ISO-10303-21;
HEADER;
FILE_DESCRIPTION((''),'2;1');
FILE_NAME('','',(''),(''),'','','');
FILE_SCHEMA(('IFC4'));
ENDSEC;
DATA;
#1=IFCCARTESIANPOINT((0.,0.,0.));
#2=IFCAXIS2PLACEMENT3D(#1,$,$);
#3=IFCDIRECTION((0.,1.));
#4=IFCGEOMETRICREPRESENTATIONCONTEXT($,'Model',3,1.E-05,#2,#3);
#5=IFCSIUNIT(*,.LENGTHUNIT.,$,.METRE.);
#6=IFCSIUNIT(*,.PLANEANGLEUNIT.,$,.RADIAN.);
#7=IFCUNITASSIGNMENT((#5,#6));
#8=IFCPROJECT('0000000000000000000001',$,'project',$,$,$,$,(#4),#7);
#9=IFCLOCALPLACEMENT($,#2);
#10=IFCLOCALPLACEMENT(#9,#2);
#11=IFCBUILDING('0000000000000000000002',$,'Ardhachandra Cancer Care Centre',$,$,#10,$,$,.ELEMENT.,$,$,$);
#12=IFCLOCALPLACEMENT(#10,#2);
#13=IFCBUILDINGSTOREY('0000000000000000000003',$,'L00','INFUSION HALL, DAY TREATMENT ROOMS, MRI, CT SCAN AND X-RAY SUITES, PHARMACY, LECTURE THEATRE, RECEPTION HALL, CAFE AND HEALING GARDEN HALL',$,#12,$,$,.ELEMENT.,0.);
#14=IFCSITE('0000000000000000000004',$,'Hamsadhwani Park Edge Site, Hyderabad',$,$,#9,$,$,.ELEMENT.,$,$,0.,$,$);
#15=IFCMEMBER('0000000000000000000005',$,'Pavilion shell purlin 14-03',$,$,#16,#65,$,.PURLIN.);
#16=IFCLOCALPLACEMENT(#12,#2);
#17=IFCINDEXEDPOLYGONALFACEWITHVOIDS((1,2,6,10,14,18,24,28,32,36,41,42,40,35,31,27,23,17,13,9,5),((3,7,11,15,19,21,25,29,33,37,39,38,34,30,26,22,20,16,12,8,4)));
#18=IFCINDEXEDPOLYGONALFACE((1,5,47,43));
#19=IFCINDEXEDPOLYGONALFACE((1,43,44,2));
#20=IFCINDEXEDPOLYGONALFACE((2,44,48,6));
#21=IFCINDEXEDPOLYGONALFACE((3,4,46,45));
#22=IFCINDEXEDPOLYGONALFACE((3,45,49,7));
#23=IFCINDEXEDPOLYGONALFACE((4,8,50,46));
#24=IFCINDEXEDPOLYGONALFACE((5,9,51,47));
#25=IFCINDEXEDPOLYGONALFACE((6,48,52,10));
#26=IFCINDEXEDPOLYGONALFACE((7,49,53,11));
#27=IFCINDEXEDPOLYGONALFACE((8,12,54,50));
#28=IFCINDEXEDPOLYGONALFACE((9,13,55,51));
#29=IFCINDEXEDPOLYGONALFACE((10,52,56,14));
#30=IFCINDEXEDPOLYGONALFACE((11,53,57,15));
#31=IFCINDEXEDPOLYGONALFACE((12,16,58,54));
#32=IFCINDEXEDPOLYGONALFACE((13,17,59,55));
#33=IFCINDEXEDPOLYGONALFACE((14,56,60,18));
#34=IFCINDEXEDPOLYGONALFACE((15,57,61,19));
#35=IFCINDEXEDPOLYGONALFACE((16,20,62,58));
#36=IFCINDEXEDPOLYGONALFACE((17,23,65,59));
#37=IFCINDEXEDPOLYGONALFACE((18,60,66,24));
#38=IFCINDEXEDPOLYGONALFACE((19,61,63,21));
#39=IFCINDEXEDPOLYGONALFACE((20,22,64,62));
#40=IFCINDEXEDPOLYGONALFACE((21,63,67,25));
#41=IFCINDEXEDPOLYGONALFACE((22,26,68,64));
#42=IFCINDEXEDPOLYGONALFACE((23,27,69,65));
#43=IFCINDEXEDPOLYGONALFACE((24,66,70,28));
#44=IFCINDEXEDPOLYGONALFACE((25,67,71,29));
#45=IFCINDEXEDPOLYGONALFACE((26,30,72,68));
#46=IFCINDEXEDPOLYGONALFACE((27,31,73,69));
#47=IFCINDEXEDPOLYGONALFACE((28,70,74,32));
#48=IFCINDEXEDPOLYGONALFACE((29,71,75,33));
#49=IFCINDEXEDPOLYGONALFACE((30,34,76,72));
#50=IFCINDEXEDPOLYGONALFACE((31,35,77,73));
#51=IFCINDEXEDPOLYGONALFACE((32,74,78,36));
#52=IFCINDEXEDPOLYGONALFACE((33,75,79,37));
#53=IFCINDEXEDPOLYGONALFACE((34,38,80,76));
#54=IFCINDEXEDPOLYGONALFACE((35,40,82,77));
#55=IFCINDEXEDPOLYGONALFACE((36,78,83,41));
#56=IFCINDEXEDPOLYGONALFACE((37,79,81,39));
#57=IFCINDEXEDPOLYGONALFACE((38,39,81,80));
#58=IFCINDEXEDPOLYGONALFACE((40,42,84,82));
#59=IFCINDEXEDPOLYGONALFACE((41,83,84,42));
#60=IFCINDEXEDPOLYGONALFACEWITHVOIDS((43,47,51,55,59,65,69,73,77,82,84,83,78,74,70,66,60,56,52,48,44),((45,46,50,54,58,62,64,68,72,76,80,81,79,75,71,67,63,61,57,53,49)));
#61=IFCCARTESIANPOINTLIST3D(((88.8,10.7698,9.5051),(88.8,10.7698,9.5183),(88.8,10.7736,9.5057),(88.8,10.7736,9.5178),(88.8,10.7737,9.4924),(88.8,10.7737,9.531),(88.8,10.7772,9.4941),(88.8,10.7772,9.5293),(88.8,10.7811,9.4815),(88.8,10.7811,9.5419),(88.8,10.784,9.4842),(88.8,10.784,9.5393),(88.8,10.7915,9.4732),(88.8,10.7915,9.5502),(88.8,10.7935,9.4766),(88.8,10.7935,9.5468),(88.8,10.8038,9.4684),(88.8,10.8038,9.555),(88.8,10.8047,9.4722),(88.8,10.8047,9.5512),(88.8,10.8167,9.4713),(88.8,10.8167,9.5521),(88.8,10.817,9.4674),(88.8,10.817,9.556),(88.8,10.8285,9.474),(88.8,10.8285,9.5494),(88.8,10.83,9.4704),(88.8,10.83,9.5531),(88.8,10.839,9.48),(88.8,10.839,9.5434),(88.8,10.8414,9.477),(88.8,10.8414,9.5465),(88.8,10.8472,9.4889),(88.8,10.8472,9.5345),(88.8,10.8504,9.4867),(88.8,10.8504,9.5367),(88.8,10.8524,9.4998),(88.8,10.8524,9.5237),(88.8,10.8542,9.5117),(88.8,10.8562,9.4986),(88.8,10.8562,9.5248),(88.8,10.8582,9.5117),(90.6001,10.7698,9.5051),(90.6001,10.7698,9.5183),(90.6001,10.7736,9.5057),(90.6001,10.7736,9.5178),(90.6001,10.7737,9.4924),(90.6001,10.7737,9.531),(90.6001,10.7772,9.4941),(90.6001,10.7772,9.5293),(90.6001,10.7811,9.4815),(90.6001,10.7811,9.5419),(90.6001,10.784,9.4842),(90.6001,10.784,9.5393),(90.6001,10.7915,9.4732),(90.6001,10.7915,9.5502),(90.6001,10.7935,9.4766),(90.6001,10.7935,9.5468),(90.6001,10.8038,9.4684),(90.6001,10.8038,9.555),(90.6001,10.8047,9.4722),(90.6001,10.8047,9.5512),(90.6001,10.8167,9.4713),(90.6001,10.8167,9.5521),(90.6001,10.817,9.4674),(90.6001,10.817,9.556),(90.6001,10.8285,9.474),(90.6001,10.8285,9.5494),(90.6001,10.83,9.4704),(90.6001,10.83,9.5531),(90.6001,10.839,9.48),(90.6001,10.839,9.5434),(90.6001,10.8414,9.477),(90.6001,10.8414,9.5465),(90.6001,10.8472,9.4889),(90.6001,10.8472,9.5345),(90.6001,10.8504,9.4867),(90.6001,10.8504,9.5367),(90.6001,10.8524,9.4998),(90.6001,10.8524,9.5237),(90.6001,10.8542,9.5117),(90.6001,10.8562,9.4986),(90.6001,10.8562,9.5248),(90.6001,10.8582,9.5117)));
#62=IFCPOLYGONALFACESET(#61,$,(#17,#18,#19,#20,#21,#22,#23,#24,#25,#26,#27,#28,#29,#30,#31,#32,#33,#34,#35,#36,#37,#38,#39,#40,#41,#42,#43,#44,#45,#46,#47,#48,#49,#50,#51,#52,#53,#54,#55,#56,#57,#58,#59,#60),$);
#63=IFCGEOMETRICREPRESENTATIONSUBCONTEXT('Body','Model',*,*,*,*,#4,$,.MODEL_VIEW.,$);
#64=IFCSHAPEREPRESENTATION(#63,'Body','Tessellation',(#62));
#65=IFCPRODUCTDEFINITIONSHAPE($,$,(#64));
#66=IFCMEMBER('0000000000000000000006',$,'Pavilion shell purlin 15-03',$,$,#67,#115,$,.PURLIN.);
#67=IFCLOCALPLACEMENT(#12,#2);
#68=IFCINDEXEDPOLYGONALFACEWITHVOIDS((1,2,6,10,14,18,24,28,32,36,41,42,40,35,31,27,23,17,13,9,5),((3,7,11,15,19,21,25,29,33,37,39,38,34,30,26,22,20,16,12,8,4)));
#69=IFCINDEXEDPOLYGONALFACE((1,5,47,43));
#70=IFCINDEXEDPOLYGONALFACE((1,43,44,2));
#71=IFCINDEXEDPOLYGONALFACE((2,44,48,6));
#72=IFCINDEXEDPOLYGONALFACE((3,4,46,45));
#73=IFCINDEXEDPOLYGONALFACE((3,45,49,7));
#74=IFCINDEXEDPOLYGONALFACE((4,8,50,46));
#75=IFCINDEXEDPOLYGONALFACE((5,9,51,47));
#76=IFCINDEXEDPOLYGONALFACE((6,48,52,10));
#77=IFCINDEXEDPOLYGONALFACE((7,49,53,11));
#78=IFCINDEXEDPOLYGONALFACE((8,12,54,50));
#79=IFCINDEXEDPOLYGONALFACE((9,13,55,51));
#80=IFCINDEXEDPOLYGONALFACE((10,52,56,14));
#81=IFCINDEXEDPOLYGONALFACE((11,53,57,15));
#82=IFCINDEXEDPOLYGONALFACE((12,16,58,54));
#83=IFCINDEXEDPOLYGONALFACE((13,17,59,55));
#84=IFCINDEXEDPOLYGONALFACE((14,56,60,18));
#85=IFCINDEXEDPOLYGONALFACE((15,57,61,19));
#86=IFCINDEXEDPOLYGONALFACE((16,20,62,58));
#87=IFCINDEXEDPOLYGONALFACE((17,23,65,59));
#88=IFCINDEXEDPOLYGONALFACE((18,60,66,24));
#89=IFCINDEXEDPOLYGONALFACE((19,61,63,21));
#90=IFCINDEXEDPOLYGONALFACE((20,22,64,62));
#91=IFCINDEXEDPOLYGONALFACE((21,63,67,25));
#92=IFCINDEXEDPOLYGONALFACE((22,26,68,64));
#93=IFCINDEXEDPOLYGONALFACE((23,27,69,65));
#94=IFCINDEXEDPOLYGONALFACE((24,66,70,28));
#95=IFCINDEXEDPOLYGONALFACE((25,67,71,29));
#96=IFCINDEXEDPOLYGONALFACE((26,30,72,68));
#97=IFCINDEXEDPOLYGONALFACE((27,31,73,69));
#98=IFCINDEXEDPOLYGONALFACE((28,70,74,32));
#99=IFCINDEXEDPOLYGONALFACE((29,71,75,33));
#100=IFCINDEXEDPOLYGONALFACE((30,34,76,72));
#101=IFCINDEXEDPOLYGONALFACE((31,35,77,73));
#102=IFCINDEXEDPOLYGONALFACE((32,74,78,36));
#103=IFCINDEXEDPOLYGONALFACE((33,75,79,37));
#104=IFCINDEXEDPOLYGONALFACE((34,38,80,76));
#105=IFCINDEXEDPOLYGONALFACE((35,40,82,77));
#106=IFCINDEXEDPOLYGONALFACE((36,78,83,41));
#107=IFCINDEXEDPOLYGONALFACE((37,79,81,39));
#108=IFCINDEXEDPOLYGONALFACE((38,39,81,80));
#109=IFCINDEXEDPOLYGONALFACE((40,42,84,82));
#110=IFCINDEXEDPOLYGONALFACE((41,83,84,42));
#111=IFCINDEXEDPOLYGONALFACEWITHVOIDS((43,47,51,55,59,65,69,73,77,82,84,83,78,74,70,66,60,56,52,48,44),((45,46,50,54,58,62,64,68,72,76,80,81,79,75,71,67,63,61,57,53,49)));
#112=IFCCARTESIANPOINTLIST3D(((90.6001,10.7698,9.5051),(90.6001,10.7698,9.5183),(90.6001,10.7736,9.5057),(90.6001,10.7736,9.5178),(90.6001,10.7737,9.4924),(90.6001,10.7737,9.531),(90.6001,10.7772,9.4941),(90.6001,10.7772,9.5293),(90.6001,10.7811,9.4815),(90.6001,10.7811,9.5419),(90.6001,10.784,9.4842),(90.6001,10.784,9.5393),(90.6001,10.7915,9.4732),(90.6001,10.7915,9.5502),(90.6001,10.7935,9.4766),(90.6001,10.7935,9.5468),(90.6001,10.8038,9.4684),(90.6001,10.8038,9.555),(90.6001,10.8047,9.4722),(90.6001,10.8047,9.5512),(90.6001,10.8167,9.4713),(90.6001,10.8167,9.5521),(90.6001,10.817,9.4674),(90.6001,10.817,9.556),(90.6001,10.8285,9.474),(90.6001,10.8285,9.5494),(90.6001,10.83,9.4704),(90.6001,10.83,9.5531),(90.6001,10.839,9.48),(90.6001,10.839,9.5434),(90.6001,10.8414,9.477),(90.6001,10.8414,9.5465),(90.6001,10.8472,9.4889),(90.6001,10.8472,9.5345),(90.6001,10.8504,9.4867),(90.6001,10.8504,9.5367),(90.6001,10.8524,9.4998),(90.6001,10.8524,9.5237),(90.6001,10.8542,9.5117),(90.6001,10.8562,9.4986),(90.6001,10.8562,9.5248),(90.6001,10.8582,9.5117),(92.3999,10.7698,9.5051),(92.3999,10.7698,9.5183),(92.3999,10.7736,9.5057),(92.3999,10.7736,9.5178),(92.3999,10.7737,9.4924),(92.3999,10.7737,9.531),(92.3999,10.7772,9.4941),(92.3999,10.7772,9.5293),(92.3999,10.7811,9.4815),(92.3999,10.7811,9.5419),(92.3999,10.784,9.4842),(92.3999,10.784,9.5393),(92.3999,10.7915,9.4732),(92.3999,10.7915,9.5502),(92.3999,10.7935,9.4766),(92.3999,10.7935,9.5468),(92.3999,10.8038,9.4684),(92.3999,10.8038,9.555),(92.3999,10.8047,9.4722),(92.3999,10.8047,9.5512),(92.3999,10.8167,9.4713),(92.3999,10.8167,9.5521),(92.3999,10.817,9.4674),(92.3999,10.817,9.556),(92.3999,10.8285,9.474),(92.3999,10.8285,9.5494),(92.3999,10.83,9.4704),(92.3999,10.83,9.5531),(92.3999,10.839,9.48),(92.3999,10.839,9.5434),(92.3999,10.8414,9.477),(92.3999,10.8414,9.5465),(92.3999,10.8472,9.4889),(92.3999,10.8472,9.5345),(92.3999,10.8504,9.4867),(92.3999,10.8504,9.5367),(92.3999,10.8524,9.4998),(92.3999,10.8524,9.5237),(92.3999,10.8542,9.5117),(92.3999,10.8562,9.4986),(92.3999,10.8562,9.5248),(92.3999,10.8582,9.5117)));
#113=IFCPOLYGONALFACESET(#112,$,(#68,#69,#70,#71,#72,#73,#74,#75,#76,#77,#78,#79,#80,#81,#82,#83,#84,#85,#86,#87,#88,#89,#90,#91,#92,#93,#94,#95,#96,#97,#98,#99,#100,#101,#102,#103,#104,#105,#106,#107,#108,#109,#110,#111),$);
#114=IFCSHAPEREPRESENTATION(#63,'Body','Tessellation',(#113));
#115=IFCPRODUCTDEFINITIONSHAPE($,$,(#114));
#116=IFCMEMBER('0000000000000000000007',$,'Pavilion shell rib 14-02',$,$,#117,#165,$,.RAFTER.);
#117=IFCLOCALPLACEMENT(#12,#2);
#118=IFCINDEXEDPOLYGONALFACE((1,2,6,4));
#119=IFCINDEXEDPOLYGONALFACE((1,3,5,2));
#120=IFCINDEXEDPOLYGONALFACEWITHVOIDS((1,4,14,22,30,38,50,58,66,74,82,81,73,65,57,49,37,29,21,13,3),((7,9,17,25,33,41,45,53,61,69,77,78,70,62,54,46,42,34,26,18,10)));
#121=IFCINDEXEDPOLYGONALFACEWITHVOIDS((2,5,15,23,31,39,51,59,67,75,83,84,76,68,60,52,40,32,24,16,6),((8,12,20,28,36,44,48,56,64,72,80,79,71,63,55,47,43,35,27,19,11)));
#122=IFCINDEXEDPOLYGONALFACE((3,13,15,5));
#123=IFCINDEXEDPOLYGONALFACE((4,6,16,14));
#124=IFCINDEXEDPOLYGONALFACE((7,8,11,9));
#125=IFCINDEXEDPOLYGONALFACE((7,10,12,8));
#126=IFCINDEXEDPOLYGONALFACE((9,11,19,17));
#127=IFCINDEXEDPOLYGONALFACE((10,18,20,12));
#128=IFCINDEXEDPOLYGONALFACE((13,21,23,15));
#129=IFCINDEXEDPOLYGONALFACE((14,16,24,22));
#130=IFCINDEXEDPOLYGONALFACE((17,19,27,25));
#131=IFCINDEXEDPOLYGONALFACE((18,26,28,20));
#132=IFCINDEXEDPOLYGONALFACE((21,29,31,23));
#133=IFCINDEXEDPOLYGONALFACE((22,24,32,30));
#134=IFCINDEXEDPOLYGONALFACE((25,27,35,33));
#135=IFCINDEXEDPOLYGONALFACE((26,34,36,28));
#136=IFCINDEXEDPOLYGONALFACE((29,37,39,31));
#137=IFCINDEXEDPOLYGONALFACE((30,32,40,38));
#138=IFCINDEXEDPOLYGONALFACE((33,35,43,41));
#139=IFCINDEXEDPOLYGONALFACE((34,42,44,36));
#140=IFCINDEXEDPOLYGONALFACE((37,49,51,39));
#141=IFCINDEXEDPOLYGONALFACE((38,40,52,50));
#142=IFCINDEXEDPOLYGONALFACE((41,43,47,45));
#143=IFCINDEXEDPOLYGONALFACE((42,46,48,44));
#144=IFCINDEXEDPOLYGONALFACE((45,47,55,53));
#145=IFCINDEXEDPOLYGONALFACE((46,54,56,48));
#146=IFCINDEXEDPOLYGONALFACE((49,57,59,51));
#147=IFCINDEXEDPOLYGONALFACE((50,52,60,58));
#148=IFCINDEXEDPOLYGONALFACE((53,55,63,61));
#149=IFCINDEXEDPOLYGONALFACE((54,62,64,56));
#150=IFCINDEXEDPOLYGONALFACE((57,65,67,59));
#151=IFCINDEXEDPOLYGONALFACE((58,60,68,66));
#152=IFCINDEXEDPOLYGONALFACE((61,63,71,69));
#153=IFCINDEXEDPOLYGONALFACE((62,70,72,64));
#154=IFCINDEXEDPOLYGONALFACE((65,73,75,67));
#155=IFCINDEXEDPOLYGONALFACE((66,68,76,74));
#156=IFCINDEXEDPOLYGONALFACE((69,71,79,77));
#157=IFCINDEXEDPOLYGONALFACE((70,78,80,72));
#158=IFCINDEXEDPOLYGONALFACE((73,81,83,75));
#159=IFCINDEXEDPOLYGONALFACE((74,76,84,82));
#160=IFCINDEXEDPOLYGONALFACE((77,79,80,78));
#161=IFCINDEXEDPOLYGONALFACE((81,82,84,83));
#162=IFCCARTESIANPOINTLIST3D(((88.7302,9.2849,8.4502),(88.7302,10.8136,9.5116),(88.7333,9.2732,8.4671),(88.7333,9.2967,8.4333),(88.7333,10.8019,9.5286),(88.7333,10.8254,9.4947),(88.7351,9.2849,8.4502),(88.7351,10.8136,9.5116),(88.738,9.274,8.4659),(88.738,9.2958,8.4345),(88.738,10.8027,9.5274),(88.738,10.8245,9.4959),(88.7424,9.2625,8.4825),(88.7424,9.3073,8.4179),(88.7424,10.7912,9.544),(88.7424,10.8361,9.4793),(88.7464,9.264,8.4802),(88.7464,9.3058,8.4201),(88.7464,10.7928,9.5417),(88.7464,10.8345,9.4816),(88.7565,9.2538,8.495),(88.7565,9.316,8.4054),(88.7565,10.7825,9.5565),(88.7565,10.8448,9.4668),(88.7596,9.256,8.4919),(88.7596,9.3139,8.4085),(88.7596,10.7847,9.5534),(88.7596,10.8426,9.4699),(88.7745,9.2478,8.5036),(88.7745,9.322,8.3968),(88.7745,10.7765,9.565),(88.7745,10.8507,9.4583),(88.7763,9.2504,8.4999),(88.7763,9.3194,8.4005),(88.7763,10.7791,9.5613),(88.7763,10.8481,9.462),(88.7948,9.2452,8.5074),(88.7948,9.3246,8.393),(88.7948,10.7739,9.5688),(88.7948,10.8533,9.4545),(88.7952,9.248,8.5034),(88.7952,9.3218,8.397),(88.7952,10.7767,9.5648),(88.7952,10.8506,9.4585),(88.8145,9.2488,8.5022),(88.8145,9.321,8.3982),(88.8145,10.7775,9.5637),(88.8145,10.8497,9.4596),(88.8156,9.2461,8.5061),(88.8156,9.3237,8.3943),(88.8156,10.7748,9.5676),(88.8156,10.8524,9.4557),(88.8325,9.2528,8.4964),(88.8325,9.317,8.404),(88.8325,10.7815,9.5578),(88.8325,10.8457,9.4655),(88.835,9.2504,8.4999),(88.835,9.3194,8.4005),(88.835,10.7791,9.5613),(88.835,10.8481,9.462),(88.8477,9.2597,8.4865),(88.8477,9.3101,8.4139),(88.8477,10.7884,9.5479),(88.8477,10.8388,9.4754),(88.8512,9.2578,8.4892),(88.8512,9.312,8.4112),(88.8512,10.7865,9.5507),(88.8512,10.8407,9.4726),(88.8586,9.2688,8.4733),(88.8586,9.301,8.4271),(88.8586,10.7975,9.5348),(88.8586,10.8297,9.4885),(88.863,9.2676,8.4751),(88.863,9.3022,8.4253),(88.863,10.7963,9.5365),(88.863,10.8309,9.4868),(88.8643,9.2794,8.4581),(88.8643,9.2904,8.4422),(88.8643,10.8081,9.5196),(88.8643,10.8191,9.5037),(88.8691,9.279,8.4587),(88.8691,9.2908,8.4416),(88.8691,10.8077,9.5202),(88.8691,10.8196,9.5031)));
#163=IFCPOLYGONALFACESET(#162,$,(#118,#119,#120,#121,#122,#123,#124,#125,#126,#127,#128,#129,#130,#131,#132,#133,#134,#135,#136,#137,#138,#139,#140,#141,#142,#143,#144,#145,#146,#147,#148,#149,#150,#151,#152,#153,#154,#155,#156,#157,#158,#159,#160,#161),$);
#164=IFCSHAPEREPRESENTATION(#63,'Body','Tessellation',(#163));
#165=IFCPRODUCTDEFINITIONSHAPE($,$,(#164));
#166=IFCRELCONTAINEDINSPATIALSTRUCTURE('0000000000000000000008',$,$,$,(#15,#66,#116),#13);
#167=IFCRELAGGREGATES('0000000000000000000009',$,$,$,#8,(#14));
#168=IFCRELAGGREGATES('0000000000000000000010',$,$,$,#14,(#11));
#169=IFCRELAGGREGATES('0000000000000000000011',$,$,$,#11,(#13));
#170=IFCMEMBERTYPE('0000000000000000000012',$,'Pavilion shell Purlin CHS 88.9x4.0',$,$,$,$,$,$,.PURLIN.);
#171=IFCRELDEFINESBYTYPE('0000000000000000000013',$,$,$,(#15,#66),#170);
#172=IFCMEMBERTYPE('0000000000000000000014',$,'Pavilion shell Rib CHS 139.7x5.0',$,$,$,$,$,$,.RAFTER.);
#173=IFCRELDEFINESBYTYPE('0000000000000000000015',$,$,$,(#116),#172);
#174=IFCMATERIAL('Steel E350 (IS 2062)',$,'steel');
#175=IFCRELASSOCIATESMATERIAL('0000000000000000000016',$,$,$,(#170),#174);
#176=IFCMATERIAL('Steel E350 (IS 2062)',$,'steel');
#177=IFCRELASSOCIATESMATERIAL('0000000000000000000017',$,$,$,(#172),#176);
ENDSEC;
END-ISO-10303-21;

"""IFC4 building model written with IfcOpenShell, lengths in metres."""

from ifc_helpers import new_model, si_unit, direction, frame, origin, origin_2d, place, context, subcontext, project, spatial, hollow_circle, extrude, material, material_profile, profile_set, type_object, element, save


model = new_model("IFC4")

# Units and contexts
model_context = context("Model", 3, precision=1e-05, world=origin(), true_north=direction((0.0, 1.0)))
body_context = subcontext(model_context, "Body", "Model", "MODEL_VIEW")
ifc_project = project(units=[si_unit("LENGTHUNIT", "METRE"), si_unit("PLANEANGLEUNIT", "RADIAN")], contexts=[model_context])

# Site, building, storey
site_placement = place(None, origin())
site = spatial("IfcSite", under=ifc_project, at=site_placement, Name="Hamsadhwani Park Edge Site, Hyderabad", CompositionType="ELEMENT", RefElevation=0.0)
building_placement = place(site_placement, origin())
building = spatial("IfcBuilding", under=site, at=building_placement, Name="Ardhachandra Cancer Care Centre", CompositionType="ELEMENT")
storey_placement = place(building_placement, origin())
storey = spatial("IfcBuildingStorey", under=building, at=storey_placement, Name="L00", Description="INFUSION HALL, DAY TREATMENT ROOMS, MRI, CT SCAN AND X-RAY SUITES, PHARMACY, LECTURE THEATRE, RECEPTION HALL, CAFE AND HEALING GARDEN HALL", CompositionType="ELEMENT", Elevation=0.0)

# Members
ifc_material_1 = material(Name="Steel E350 (IS 2062)", Category="steel")
ifc_material_profile_1 = material_profile(ifc_material_1, hollow_circle(Radius=0.0444, WallThickness=0.0039, at=origin_2d()), Name="CHS 88.9x4.0")
ifc_profile_set_1 = profile_set([ifc_material_profile_1], Name="Steel E350 (IS 2062)")
member_type_1 = type_object("IfcMemberType", Name="Pavilion shell Purlin CHS 88.9x4.0", PredefinedType="PURLIN", material=ifc_profile_set_1)
member_1_placement = place(storey_placement, frame((88.8, 10.8137, 9.5117), z_axis=(1.0, 0.0, 0.0), x_axis=(0.0, 1.0, 0.0)))
element("IfcMember", 1, at=member_1_placement, inside=storey, type_object=member_type_1, Name="Pavilion shell purlin 14-03", PredefinedType="PURLIN", context=body_context, shape_type="SweptSolid", body=[
    extrude(hollow_circle(Radius=0.0444, WallThickness=0.0039, at=origin_2d()), origin(), (0.0, 0.0, 1.0), 1.8),
])
member_2_placement = place(storey_placement, frame((90.6001, 10.8137, 9.5117), z_axis=(1.0, 0.0, 0.0), x_axis=(0.0, 1.0, 0.0)))
element("IfcMember", 2, at=member_2_placement, inside=storey, type_object=member_type_1, Name="Pavilion shell purlin 15-03", PredefinedType="PURLIN", context=body_context, shape_type="SweptSolid", body=[
    extrude(hollow_circle(Radius=0.0444, WallThickness=0.0039, at=origin_2d()), origin(), (0.0, 0.0, 1.0), 1.7998),
])
ifc_material_2 = material(Name="Steel E350 (IS 2062)", Category="steel")
ifc_material_profile_2 = material_profile(ifc_material_2, hollow_circle(Radius=0.0698, WallThickness=0.0049, at=origin_2d()), Name="CHS 139.7x5.0")
ifc_profile_set_2 = profile_set([ifc_material_profile_2], Name="Steel E350 (IS 2062)")
member_type_2 = type_object("IfcMemberType", Name="Pavilion shell Rib CHS 139.7x5.0", PredefinedType="RAFTER", material=ifc_profile_set_2)
for number, where, z_axis, x_axis, name in (
    (3, (88.8, 9.2849, 8.4502), (0.0, 0.821408, 0.570342), (-1.0, 0.0, 0.0), "Pavilion shell rib 14-02"),
):
    element("IfcMember", number, at=place(storey_placement, frame(where, z_axis=z_axis, x_axis=x_axis)), inside=storey, type_object=member_type_2, Name=name, PredefinedType="RAFTER", context=body_context, shape_type="SweptSolid", body=[
        extrude(hollow_circle(Radius=0.0698, WallThickness=0.0049, at=origin_2d()), origin(), (0.0, 0.0, 1.0), 1.8611),
    ])

save(model, "model.ifc")
